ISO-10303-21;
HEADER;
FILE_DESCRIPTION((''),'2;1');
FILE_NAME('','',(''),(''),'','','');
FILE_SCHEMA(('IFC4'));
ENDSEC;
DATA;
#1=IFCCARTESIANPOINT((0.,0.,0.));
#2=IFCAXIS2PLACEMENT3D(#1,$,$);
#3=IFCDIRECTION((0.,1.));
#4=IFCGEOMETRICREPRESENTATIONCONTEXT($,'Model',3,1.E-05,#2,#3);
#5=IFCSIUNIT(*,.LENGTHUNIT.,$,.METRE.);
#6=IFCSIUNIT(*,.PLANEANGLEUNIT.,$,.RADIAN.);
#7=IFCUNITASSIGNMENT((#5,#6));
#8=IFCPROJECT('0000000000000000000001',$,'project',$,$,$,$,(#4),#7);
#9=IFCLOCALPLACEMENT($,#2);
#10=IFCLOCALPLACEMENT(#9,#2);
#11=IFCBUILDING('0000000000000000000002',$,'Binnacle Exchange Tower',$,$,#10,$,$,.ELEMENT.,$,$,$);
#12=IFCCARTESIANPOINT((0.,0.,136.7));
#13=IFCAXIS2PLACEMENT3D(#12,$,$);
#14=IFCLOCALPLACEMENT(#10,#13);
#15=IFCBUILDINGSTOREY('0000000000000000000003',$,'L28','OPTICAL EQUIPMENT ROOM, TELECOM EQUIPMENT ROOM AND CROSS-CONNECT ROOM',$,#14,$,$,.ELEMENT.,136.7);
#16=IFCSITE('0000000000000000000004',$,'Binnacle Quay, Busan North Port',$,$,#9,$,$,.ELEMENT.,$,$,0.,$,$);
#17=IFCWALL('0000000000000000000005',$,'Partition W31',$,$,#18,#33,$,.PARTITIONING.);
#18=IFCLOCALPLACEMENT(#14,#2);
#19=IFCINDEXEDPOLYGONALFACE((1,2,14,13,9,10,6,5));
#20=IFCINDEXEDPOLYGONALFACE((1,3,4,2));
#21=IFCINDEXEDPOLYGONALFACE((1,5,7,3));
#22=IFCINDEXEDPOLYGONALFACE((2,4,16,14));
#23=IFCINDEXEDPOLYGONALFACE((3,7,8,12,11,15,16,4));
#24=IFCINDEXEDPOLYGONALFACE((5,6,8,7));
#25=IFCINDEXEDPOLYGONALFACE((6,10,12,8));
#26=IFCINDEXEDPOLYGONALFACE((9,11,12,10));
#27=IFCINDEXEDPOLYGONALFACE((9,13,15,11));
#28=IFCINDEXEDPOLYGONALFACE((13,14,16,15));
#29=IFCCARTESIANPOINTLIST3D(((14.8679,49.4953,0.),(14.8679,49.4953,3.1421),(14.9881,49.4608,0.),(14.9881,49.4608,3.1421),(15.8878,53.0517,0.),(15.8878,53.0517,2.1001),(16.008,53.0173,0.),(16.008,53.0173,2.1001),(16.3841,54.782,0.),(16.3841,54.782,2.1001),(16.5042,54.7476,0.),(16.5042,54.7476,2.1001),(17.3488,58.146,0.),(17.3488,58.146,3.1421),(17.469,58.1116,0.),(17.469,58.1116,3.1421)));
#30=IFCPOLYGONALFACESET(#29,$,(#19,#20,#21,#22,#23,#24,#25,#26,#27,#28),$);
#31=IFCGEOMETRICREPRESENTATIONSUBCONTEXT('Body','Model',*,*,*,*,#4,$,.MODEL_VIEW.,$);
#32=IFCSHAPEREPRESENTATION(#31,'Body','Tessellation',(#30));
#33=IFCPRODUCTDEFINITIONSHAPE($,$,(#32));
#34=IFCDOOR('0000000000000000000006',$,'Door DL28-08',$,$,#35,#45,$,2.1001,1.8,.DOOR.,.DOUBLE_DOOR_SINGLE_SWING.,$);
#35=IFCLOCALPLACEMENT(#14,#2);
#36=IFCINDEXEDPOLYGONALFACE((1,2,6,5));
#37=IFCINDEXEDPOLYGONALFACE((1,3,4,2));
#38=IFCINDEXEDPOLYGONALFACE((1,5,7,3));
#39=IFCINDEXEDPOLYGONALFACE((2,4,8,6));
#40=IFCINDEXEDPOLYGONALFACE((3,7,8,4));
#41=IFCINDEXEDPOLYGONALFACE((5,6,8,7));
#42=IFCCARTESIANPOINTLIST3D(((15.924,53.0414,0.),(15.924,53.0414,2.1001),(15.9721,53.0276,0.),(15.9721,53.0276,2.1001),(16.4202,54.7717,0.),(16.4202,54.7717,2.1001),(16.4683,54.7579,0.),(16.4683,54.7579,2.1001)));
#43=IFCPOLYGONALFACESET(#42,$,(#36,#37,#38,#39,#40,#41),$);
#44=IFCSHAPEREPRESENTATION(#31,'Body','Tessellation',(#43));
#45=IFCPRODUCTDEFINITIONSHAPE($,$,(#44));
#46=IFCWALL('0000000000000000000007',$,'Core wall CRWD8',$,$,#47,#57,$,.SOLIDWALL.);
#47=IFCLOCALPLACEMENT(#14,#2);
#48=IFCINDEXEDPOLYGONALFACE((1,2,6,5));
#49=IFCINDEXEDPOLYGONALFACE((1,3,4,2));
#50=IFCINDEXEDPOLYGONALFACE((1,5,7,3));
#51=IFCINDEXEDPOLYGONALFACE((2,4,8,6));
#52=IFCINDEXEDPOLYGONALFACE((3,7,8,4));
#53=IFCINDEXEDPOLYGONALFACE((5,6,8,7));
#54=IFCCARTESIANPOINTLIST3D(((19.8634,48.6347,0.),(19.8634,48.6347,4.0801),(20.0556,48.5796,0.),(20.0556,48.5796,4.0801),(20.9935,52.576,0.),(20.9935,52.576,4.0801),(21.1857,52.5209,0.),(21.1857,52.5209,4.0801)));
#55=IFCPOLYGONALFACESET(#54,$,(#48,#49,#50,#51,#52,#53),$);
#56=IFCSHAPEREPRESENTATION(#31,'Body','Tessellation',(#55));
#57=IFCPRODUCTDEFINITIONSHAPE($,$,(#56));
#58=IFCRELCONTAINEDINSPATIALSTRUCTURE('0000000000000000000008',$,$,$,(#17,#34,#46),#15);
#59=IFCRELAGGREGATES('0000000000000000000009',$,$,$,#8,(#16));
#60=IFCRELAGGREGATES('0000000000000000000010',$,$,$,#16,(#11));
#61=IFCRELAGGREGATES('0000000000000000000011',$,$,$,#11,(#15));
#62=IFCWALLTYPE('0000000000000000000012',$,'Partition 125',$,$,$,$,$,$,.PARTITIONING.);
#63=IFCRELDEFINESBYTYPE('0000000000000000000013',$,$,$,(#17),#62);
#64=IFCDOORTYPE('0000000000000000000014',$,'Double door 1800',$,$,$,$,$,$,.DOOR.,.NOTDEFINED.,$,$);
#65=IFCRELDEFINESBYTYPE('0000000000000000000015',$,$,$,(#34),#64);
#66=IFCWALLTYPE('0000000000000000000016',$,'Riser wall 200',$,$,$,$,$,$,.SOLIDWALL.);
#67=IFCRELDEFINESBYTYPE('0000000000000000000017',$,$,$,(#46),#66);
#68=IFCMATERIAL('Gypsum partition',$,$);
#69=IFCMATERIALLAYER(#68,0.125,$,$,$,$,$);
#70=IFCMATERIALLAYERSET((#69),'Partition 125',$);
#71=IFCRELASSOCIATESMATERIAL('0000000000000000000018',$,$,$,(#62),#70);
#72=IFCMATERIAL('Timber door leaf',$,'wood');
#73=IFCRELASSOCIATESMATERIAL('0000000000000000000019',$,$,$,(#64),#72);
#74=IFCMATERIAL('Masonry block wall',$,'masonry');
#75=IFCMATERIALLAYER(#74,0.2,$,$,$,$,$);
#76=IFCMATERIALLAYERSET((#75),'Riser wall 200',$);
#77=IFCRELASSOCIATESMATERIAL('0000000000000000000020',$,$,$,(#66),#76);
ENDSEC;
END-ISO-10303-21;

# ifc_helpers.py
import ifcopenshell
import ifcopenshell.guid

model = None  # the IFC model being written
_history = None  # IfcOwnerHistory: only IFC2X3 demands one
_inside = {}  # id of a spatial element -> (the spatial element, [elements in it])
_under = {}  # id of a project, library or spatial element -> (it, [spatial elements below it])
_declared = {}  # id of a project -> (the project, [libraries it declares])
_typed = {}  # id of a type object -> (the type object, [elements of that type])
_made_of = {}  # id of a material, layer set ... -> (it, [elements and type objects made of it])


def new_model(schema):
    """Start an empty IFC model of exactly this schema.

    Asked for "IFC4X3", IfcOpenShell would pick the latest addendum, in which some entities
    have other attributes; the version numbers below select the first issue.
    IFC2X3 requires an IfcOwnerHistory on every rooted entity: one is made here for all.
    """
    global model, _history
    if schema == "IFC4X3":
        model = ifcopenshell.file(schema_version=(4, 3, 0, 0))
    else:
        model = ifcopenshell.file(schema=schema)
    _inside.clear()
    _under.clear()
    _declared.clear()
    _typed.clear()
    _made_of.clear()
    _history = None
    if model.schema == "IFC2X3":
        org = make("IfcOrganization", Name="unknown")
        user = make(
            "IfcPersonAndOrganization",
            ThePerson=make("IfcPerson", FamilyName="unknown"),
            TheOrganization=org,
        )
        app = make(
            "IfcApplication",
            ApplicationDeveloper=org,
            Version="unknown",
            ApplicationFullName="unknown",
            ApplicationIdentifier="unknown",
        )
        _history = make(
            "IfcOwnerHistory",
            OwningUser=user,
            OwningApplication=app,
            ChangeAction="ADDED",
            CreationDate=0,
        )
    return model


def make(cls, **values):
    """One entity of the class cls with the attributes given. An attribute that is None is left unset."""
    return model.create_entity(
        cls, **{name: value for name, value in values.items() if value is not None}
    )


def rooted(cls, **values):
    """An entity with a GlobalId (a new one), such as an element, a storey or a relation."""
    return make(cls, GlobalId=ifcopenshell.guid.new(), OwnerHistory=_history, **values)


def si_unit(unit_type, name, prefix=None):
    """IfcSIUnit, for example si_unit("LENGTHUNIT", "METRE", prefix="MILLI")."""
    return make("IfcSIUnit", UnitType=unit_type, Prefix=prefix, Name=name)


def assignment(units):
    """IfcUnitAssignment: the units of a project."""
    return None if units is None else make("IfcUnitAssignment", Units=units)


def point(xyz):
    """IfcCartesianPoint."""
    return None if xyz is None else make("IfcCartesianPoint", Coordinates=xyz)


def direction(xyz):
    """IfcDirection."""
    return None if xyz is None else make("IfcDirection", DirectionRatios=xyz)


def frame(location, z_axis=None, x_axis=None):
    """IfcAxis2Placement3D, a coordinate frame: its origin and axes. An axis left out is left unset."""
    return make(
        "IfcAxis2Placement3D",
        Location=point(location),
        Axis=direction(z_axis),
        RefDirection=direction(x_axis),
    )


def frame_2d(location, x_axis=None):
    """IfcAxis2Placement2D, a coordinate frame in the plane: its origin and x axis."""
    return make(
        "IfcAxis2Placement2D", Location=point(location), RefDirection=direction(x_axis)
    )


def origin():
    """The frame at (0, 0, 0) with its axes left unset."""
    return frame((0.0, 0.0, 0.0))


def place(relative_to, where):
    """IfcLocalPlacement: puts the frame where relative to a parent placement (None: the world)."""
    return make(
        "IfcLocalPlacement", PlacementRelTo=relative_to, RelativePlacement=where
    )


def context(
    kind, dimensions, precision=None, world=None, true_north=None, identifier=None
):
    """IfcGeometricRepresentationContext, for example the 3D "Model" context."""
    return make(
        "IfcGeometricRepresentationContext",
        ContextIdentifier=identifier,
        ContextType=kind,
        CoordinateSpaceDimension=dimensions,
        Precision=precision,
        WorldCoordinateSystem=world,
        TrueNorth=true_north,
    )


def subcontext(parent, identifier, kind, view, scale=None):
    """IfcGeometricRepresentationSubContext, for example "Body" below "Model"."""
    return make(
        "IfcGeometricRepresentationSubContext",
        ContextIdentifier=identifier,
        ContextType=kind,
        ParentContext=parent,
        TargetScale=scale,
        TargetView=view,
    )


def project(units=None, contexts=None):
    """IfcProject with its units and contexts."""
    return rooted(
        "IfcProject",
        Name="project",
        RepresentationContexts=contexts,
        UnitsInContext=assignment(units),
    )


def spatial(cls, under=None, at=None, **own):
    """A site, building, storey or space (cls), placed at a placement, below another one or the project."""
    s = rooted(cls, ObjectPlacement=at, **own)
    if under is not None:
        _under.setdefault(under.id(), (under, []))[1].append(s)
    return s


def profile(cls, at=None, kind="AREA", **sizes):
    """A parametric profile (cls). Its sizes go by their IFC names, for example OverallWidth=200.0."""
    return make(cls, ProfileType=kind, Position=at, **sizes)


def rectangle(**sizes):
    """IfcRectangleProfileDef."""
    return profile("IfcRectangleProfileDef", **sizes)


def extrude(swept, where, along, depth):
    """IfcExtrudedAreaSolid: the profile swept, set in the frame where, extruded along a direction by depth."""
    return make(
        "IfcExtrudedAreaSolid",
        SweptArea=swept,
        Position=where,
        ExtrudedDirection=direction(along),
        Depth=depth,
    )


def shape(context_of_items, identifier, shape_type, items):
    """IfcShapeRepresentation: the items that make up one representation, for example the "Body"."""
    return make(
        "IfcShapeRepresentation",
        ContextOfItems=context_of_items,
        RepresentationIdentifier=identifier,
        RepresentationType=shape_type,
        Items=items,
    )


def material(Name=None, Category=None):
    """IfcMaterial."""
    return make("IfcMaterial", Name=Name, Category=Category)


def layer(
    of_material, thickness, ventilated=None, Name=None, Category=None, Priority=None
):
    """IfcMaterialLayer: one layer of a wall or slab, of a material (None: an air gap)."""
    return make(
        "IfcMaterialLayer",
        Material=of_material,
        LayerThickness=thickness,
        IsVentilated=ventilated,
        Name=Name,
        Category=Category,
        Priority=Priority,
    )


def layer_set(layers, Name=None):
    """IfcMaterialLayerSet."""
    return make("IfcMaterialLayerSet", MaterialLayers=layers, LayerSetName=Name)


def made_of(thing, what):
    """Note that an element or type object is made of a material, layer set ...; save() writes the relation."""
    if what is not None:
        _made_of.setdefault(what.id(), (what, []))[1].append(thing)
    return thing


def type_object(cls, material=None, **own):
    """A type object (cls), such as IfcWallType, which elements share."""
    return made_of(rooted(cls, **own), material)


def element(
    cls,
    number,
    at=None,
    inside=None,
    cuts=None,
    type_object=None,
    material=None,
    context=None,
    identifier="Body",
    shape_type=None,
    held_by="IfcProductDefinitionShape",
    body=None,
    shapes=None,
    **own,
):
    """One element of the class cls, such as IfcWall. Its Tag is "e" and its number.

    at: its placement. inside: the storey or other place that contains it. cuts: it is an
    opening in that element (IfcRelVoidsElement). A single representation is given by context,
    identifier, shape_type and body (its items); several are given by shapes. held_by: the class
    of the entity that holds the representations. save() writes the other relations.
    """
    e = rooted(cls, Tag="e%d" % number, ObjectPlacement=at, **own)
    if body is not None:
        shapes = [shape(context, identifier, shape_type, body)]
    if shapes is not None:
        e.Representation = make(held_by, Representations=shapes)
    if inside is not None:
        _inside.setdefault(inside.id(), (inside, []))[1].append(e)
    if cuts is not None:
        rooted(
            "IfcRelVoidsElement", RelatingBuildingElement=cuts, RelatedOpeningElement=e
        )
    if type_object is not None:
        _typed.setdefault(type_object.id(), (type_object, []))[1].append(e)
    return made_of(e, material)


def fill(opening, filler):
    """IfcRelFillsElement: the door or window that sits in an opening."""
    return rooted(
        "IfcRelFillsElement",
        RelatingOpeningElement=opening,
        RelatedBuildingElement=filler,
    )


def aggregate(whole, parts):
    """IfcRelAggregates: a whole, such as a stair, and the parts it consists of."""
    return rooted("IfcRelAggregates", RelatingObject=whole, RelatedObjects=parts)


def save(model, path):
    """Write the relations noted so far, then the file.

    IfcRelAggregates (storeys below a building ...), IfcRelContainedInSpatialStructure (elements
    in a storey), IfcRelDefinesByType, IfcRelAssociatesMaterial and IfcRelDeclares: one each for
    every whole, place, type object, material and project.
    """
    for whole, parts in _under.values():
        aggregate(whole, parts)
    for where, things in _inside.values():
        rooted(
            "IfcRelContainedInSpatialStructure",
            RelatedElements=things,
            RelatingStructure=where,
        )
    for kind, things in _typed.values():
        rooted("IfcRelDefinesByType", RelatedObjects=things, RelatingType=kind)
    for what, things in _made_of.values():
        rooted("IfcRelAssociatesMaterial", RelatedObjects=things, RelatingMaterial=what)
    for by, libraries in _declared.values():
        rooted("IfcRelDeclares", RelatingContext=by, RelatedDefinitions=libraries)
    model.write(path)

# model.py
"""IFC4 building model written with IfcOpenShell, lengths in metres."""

from ifc_helpers import new_model, si_unit, direction, frame, frame_2d, origin, place, context, subcontext, project, spatial, rectangle, extrude, material, layer, layer_set, type_object, element, fill, save


model = new_model("IFC4")

# Units and contexts
model_context = context("Model", 3, precision=1e-05, world=origin(), true_north=direction((0.0, 1.0)))
body_context = subcontext(model_context, "Body", "Model", "MODEL_VIEW")
ifc_project = project(units=[si_unit("LENGTHUNIT", "METRE"), si_unit("PLANEANGLEUNIT", "RADIAN")], contexts=[model_context])

# Site, building, storey
site_placement = place(None, origin())
site = spatial("IfcSite", under=ifc_project, at=site_placement, Name="Binnacle Quay, Busan North Port", CompositionType="ELEMENT", RefElevation=0.0)
building_placement = place(site_placement, origin())
building = spatial("IfcBuilding", under=site, at=building_placement, Name="Binnacle Exchange Tower", CompositionType="ELEMENT")
storey_placement = place(building_placement, frame((0.0, 0.0, 136.7)))
storey = spatial("IfcBuildingStorey", under=building, at=storey_placement, Name="L28", Description="OPTICAL EQUIPMENT ROOM, TELECOM EQUIPMENT ROOM AND CROSS-CONNECT ROOM", CompositionType="ELEMENT", Elevation=136.7)

# Shared definitions
ifc_material_1 = material(Name="Masonry block wall", Category="masonry")

# Shared definitions
ifc_material_2 = material(Name="Gypsum partition")
ifc_layer_1 = layer(ifc_material_2, 0.125)
ifc_layer_set_1 = layer_set([ifc_layer_1], Name="Partition 125")
wall_type_1 = type_object("IfcWallType", Name="Partition 125", PredefinedType="PARTITIONING", material=ifc_layer_set_1)

# Wall, opening, door
wall_1_placement = place(storey_placement, frame((14.928, 49.478, 0.0), z_axis=(0.0, 0.0, 1.0), x_axis=(0.275674, 0.961251, 0.0)))
wall_1 = element("IfcWall", 1, at=wall_1_placement, inside=storey, type_object=wall_type_1, Name="Partition W31", PredefinedType="PARTITIONING", context=body_context, shape_type="SweptSolid", body=[
    extrude(rectangle(XDim=8.9995, YDim=0.125, at=frame_2d((4.4998, 0.0))), origin(), (0.0, 0.0, 1.0), 3.1421),
])
opening_1_placement = place(wall_1_placement, frame((3.7, 0.0, 0.0)))
opening_1 = element("IfcOpeningElement", 2, at=opening_1_placement, cuts=wall_1, PredefinedType="OPENING", context=body_context, shape_type="SweptSolid", body=[
    extrude(rectangle(XDim=1.8, YDim=2.1001, at=frame_2d((0.8999, 1.05))), frame((0.0, 0.0725, 0.0), z_axis=(0.0, -1.0, 0.0), x_axis=(1.0, 0.0, 0.0)), (0.0, 0.0, 1.0), 0.145),
])
ifc_material_3 = material(Name="Timber door leaf", Category="wood")
door_type_1 = type_object("IfcDoorType", Name="Double door 1800", OperationType="NOTDEFINED", PredefinedType="DOOR", material=ifc_material_3)
door_1_placement = place(opening_1_placement, origin())
door_1 = element("IfcDoor", 3, at=door_1_placement, inside=storey, type_object=door_type_1, Name="Door DL28-08", OperationType="DOUBLE_DOOR_SINGLE_SWING", OverallHeight=2.1001, OverallWidth=1.8, PredefinedType="DOOR", context=body_context, shape_type="SweptSolid", body=[
    extrude(rectangle(XDim=1.8, YDim=2.1001, at=frame_2d((0.8999, 1.05))), frame((0.0, 0.0249, 0.0), z_axis=(0.0, -1.0, 0.0), x_axis=(1.0, 0.0, 0.0)), (0.0, 0.0, 1.0), 0.05),
])
fill(opening_1, door_1)

# Wall
ifc_layer_2 = layer(ifc_material_1, 0.2)
ifc_layer_set_2 = layer_set([ifc_layer_2], Name="Riser wall 200")
wall_type_2 = type_object("IfcWallType", Name="Riser wall 200", PredefinedType="SOLIDWALL", material=ifc_layer_set_2)
wall_2_placement = place(storey_placement, frame((19.9595, 48.6072, 0.0), z_axis=(0.0, 0.0, 1.0), x_axis=(0.275641, 0.961261, 0.0)))
element("IfcWall", 4, at=wall_2_placement, inside=storey, type_object=wall_type_2, Name="Core wall CRWD8", PredefinedType="SOLIDWALL", context=body_context, shape_type="SweptSolid", body=[
    extrude(rectangle(XDim=4.1001, YDim=0.2, at=frame_2d((2.05, 0.0))), origin(), (0.0, 0.0, 1.0), 4.0801),
])

save(model, "model.ifc")
